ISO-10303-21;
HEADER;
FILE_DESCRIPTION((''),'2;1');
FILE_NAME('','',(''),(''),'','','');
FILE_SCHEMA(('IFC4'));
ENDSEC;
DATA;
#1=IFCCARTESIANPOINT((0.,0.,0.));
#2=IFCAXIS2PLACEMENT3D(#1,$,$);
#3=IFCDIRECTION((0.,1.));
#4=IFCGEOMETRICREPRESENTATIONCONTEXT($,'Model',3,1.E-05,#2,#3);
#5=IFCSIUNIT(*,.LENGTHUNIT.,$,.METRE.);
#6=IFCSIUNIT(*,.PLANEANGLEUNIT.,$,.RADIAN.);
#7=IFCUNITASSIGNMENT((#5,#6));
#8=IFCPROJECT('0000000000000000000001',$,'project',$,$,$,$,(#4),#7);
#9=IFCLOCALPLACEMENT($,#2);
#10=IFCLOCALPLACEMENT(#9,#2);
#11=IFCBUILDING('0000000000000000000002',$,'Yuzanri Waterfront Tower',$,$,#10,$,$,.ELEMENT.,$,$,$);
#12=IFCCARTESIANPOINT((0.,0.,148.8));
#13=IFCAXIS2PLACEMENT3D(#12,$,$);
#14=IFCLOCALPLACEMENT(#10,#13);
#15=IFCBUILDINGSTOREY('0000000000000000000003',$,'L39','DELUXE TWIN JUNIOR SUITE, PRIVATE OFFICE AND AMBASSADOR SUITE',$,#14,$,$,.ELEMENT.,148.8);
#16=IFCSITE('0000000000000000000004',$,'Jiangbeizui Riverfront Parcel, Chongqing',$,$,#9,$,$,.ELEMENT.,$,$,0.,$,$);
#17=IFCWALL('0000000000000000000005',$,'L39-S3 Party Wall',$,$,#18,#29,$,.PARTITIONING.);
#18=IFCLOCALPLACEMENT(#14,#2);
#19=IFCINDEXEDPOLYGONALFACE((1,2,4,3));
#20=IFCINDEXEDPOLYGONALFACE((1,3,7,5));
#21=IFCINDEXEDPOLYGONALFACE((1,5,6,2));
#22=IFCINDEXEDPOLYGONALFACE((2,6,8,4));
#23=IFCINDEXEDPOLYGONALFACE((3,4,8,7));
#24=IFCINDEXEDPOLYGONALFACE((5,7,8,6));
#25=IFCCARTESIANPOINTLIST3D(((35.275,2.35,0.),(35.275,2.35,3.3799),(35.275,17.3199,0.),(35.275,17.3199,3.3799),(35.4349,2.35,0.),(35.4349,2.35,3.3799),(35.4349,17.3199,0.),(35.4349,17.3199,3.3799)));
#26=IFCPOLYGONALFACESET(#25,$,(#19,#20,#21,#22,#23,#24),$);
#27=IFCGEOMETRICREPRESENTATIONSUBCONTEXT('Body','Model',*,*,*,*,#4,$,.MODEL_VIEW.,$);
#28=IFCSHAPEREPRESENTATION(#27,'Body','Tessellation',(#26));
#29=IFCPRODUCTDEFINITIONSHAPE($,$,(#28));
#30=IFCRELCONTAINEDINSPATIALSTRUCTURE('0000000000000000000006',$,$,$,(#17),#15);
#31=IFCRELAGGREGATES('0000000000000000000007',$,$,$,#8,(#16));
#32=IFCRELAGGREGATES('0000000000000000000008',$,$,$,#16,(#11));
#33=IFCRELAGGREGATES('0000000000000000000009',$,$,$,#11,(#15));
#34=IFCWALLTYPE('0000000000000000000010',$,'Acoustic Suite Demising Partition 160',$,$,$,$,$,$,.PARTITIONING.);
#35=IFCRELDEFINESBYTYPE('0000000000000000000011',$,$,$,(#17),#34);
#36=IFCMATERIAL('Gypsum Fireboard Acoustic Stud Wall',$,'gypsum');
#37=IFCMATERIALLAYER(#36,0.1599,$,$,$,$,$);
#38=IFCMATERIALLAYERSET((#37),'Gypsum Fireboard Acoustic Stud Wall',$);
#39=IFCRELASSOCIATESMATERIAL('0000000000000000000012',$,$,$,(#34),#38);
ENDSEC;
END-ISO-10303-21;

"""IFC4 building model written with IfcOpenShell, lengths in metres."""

from ifc_helpers import new_model, si_unit, direction, frame, frame_2d, origin, place, context, subcontext, project, spatial, rectangle, extrude, source, transform, mapped, material, layer, layer_set, type_object, element, save


model = new_model("IFC4")

# Units and contexts
model_context = context("Model", 3, precision=1e-05, world=origin(), true_north=direction((0.0, 1.0)))
body_context = subcontext(model_context, "Body", "Model", "MODEL_VIEW")
ifc_project = project(units=[si_unit("LENGTHUNIT", "METRE"), si_unit("PLANEANGLEUNIT", "RADIAN")], contexts=[model_context])

# Site, building, storey
site_placement = place(None, origin())
site = spatial("IfcSite", under=ifc_project, at=site_placement, Name="Jiangbeizui Riverfront Parcel, Chongqing", CompositionType="ELEMENT", RefElevation=0.0)
building_placement = place(site_placement, origin())
building = spatial("IfcBuilding", under=site, at=building_placement, Name="Yuzanri Waterfront Tower", CompositionType="ELEMENT")
storey_placement = place(building_placement, frame((0.0, 0.0, 148.8)))
storey = spatial("IfcBuildingStorey", under=building, at=storey_placement, Name="L39", Description="DELUXE TWIN JUNIOR SUITE, PRIVATE OFFICE AND AMBASSADOR SUITE", CompositionType="ELEMENT", Elevation=148.8)

# Wall
ifc_material_1 = material(Name="Gypsum Fireboard Acoustic Stud Wall", Category="gypsum")
ifc_layer_1 = layer(ifc_material_1, 0.1599)
ifc_layer_set_1 = layer_set([ifc_layer_1], Name="Gypsum Fireboard Acoustic Stud Wall")
wall_type_1 = type_object("IfcWallType", Name="Acoustic Suite Demising Partition 160", PredefinedType="PARTITIONING", material=ifc_layer_set_1)
shared_shape_1 = source(origin(), body_context, "Body", "SweptSolid", [
    extrude(rectangle(XDim=14.97, YDim=0.1599, at=frame_2d((7.4849, 0.0))), origin(), (0.0, 0.0, 1.0), 3.3799),
])
for number, where, z_axis, x_axis, name in (
    (1, (35.355, 2.3501, 0.0), (0.0, 0.0, 1.0), (0.0, 1.0, 0.0), "L39-S3 Party Wall"),
):
    element("IfcWall", number, at=place(storey_placement, frame(where, z_axis=z_axis, x_axis=x_axis)), inside=storey, type_object=wall_type_1, Name=name, PredefinedType="PARTITIONING", context=body_context, shape_type="MappedRepresentation", body=[
        mapped(shared_shape_1, transform((0.0, 0.0, 0.0), scale=1.0)),
    ])

save(model, "model.ifc")
